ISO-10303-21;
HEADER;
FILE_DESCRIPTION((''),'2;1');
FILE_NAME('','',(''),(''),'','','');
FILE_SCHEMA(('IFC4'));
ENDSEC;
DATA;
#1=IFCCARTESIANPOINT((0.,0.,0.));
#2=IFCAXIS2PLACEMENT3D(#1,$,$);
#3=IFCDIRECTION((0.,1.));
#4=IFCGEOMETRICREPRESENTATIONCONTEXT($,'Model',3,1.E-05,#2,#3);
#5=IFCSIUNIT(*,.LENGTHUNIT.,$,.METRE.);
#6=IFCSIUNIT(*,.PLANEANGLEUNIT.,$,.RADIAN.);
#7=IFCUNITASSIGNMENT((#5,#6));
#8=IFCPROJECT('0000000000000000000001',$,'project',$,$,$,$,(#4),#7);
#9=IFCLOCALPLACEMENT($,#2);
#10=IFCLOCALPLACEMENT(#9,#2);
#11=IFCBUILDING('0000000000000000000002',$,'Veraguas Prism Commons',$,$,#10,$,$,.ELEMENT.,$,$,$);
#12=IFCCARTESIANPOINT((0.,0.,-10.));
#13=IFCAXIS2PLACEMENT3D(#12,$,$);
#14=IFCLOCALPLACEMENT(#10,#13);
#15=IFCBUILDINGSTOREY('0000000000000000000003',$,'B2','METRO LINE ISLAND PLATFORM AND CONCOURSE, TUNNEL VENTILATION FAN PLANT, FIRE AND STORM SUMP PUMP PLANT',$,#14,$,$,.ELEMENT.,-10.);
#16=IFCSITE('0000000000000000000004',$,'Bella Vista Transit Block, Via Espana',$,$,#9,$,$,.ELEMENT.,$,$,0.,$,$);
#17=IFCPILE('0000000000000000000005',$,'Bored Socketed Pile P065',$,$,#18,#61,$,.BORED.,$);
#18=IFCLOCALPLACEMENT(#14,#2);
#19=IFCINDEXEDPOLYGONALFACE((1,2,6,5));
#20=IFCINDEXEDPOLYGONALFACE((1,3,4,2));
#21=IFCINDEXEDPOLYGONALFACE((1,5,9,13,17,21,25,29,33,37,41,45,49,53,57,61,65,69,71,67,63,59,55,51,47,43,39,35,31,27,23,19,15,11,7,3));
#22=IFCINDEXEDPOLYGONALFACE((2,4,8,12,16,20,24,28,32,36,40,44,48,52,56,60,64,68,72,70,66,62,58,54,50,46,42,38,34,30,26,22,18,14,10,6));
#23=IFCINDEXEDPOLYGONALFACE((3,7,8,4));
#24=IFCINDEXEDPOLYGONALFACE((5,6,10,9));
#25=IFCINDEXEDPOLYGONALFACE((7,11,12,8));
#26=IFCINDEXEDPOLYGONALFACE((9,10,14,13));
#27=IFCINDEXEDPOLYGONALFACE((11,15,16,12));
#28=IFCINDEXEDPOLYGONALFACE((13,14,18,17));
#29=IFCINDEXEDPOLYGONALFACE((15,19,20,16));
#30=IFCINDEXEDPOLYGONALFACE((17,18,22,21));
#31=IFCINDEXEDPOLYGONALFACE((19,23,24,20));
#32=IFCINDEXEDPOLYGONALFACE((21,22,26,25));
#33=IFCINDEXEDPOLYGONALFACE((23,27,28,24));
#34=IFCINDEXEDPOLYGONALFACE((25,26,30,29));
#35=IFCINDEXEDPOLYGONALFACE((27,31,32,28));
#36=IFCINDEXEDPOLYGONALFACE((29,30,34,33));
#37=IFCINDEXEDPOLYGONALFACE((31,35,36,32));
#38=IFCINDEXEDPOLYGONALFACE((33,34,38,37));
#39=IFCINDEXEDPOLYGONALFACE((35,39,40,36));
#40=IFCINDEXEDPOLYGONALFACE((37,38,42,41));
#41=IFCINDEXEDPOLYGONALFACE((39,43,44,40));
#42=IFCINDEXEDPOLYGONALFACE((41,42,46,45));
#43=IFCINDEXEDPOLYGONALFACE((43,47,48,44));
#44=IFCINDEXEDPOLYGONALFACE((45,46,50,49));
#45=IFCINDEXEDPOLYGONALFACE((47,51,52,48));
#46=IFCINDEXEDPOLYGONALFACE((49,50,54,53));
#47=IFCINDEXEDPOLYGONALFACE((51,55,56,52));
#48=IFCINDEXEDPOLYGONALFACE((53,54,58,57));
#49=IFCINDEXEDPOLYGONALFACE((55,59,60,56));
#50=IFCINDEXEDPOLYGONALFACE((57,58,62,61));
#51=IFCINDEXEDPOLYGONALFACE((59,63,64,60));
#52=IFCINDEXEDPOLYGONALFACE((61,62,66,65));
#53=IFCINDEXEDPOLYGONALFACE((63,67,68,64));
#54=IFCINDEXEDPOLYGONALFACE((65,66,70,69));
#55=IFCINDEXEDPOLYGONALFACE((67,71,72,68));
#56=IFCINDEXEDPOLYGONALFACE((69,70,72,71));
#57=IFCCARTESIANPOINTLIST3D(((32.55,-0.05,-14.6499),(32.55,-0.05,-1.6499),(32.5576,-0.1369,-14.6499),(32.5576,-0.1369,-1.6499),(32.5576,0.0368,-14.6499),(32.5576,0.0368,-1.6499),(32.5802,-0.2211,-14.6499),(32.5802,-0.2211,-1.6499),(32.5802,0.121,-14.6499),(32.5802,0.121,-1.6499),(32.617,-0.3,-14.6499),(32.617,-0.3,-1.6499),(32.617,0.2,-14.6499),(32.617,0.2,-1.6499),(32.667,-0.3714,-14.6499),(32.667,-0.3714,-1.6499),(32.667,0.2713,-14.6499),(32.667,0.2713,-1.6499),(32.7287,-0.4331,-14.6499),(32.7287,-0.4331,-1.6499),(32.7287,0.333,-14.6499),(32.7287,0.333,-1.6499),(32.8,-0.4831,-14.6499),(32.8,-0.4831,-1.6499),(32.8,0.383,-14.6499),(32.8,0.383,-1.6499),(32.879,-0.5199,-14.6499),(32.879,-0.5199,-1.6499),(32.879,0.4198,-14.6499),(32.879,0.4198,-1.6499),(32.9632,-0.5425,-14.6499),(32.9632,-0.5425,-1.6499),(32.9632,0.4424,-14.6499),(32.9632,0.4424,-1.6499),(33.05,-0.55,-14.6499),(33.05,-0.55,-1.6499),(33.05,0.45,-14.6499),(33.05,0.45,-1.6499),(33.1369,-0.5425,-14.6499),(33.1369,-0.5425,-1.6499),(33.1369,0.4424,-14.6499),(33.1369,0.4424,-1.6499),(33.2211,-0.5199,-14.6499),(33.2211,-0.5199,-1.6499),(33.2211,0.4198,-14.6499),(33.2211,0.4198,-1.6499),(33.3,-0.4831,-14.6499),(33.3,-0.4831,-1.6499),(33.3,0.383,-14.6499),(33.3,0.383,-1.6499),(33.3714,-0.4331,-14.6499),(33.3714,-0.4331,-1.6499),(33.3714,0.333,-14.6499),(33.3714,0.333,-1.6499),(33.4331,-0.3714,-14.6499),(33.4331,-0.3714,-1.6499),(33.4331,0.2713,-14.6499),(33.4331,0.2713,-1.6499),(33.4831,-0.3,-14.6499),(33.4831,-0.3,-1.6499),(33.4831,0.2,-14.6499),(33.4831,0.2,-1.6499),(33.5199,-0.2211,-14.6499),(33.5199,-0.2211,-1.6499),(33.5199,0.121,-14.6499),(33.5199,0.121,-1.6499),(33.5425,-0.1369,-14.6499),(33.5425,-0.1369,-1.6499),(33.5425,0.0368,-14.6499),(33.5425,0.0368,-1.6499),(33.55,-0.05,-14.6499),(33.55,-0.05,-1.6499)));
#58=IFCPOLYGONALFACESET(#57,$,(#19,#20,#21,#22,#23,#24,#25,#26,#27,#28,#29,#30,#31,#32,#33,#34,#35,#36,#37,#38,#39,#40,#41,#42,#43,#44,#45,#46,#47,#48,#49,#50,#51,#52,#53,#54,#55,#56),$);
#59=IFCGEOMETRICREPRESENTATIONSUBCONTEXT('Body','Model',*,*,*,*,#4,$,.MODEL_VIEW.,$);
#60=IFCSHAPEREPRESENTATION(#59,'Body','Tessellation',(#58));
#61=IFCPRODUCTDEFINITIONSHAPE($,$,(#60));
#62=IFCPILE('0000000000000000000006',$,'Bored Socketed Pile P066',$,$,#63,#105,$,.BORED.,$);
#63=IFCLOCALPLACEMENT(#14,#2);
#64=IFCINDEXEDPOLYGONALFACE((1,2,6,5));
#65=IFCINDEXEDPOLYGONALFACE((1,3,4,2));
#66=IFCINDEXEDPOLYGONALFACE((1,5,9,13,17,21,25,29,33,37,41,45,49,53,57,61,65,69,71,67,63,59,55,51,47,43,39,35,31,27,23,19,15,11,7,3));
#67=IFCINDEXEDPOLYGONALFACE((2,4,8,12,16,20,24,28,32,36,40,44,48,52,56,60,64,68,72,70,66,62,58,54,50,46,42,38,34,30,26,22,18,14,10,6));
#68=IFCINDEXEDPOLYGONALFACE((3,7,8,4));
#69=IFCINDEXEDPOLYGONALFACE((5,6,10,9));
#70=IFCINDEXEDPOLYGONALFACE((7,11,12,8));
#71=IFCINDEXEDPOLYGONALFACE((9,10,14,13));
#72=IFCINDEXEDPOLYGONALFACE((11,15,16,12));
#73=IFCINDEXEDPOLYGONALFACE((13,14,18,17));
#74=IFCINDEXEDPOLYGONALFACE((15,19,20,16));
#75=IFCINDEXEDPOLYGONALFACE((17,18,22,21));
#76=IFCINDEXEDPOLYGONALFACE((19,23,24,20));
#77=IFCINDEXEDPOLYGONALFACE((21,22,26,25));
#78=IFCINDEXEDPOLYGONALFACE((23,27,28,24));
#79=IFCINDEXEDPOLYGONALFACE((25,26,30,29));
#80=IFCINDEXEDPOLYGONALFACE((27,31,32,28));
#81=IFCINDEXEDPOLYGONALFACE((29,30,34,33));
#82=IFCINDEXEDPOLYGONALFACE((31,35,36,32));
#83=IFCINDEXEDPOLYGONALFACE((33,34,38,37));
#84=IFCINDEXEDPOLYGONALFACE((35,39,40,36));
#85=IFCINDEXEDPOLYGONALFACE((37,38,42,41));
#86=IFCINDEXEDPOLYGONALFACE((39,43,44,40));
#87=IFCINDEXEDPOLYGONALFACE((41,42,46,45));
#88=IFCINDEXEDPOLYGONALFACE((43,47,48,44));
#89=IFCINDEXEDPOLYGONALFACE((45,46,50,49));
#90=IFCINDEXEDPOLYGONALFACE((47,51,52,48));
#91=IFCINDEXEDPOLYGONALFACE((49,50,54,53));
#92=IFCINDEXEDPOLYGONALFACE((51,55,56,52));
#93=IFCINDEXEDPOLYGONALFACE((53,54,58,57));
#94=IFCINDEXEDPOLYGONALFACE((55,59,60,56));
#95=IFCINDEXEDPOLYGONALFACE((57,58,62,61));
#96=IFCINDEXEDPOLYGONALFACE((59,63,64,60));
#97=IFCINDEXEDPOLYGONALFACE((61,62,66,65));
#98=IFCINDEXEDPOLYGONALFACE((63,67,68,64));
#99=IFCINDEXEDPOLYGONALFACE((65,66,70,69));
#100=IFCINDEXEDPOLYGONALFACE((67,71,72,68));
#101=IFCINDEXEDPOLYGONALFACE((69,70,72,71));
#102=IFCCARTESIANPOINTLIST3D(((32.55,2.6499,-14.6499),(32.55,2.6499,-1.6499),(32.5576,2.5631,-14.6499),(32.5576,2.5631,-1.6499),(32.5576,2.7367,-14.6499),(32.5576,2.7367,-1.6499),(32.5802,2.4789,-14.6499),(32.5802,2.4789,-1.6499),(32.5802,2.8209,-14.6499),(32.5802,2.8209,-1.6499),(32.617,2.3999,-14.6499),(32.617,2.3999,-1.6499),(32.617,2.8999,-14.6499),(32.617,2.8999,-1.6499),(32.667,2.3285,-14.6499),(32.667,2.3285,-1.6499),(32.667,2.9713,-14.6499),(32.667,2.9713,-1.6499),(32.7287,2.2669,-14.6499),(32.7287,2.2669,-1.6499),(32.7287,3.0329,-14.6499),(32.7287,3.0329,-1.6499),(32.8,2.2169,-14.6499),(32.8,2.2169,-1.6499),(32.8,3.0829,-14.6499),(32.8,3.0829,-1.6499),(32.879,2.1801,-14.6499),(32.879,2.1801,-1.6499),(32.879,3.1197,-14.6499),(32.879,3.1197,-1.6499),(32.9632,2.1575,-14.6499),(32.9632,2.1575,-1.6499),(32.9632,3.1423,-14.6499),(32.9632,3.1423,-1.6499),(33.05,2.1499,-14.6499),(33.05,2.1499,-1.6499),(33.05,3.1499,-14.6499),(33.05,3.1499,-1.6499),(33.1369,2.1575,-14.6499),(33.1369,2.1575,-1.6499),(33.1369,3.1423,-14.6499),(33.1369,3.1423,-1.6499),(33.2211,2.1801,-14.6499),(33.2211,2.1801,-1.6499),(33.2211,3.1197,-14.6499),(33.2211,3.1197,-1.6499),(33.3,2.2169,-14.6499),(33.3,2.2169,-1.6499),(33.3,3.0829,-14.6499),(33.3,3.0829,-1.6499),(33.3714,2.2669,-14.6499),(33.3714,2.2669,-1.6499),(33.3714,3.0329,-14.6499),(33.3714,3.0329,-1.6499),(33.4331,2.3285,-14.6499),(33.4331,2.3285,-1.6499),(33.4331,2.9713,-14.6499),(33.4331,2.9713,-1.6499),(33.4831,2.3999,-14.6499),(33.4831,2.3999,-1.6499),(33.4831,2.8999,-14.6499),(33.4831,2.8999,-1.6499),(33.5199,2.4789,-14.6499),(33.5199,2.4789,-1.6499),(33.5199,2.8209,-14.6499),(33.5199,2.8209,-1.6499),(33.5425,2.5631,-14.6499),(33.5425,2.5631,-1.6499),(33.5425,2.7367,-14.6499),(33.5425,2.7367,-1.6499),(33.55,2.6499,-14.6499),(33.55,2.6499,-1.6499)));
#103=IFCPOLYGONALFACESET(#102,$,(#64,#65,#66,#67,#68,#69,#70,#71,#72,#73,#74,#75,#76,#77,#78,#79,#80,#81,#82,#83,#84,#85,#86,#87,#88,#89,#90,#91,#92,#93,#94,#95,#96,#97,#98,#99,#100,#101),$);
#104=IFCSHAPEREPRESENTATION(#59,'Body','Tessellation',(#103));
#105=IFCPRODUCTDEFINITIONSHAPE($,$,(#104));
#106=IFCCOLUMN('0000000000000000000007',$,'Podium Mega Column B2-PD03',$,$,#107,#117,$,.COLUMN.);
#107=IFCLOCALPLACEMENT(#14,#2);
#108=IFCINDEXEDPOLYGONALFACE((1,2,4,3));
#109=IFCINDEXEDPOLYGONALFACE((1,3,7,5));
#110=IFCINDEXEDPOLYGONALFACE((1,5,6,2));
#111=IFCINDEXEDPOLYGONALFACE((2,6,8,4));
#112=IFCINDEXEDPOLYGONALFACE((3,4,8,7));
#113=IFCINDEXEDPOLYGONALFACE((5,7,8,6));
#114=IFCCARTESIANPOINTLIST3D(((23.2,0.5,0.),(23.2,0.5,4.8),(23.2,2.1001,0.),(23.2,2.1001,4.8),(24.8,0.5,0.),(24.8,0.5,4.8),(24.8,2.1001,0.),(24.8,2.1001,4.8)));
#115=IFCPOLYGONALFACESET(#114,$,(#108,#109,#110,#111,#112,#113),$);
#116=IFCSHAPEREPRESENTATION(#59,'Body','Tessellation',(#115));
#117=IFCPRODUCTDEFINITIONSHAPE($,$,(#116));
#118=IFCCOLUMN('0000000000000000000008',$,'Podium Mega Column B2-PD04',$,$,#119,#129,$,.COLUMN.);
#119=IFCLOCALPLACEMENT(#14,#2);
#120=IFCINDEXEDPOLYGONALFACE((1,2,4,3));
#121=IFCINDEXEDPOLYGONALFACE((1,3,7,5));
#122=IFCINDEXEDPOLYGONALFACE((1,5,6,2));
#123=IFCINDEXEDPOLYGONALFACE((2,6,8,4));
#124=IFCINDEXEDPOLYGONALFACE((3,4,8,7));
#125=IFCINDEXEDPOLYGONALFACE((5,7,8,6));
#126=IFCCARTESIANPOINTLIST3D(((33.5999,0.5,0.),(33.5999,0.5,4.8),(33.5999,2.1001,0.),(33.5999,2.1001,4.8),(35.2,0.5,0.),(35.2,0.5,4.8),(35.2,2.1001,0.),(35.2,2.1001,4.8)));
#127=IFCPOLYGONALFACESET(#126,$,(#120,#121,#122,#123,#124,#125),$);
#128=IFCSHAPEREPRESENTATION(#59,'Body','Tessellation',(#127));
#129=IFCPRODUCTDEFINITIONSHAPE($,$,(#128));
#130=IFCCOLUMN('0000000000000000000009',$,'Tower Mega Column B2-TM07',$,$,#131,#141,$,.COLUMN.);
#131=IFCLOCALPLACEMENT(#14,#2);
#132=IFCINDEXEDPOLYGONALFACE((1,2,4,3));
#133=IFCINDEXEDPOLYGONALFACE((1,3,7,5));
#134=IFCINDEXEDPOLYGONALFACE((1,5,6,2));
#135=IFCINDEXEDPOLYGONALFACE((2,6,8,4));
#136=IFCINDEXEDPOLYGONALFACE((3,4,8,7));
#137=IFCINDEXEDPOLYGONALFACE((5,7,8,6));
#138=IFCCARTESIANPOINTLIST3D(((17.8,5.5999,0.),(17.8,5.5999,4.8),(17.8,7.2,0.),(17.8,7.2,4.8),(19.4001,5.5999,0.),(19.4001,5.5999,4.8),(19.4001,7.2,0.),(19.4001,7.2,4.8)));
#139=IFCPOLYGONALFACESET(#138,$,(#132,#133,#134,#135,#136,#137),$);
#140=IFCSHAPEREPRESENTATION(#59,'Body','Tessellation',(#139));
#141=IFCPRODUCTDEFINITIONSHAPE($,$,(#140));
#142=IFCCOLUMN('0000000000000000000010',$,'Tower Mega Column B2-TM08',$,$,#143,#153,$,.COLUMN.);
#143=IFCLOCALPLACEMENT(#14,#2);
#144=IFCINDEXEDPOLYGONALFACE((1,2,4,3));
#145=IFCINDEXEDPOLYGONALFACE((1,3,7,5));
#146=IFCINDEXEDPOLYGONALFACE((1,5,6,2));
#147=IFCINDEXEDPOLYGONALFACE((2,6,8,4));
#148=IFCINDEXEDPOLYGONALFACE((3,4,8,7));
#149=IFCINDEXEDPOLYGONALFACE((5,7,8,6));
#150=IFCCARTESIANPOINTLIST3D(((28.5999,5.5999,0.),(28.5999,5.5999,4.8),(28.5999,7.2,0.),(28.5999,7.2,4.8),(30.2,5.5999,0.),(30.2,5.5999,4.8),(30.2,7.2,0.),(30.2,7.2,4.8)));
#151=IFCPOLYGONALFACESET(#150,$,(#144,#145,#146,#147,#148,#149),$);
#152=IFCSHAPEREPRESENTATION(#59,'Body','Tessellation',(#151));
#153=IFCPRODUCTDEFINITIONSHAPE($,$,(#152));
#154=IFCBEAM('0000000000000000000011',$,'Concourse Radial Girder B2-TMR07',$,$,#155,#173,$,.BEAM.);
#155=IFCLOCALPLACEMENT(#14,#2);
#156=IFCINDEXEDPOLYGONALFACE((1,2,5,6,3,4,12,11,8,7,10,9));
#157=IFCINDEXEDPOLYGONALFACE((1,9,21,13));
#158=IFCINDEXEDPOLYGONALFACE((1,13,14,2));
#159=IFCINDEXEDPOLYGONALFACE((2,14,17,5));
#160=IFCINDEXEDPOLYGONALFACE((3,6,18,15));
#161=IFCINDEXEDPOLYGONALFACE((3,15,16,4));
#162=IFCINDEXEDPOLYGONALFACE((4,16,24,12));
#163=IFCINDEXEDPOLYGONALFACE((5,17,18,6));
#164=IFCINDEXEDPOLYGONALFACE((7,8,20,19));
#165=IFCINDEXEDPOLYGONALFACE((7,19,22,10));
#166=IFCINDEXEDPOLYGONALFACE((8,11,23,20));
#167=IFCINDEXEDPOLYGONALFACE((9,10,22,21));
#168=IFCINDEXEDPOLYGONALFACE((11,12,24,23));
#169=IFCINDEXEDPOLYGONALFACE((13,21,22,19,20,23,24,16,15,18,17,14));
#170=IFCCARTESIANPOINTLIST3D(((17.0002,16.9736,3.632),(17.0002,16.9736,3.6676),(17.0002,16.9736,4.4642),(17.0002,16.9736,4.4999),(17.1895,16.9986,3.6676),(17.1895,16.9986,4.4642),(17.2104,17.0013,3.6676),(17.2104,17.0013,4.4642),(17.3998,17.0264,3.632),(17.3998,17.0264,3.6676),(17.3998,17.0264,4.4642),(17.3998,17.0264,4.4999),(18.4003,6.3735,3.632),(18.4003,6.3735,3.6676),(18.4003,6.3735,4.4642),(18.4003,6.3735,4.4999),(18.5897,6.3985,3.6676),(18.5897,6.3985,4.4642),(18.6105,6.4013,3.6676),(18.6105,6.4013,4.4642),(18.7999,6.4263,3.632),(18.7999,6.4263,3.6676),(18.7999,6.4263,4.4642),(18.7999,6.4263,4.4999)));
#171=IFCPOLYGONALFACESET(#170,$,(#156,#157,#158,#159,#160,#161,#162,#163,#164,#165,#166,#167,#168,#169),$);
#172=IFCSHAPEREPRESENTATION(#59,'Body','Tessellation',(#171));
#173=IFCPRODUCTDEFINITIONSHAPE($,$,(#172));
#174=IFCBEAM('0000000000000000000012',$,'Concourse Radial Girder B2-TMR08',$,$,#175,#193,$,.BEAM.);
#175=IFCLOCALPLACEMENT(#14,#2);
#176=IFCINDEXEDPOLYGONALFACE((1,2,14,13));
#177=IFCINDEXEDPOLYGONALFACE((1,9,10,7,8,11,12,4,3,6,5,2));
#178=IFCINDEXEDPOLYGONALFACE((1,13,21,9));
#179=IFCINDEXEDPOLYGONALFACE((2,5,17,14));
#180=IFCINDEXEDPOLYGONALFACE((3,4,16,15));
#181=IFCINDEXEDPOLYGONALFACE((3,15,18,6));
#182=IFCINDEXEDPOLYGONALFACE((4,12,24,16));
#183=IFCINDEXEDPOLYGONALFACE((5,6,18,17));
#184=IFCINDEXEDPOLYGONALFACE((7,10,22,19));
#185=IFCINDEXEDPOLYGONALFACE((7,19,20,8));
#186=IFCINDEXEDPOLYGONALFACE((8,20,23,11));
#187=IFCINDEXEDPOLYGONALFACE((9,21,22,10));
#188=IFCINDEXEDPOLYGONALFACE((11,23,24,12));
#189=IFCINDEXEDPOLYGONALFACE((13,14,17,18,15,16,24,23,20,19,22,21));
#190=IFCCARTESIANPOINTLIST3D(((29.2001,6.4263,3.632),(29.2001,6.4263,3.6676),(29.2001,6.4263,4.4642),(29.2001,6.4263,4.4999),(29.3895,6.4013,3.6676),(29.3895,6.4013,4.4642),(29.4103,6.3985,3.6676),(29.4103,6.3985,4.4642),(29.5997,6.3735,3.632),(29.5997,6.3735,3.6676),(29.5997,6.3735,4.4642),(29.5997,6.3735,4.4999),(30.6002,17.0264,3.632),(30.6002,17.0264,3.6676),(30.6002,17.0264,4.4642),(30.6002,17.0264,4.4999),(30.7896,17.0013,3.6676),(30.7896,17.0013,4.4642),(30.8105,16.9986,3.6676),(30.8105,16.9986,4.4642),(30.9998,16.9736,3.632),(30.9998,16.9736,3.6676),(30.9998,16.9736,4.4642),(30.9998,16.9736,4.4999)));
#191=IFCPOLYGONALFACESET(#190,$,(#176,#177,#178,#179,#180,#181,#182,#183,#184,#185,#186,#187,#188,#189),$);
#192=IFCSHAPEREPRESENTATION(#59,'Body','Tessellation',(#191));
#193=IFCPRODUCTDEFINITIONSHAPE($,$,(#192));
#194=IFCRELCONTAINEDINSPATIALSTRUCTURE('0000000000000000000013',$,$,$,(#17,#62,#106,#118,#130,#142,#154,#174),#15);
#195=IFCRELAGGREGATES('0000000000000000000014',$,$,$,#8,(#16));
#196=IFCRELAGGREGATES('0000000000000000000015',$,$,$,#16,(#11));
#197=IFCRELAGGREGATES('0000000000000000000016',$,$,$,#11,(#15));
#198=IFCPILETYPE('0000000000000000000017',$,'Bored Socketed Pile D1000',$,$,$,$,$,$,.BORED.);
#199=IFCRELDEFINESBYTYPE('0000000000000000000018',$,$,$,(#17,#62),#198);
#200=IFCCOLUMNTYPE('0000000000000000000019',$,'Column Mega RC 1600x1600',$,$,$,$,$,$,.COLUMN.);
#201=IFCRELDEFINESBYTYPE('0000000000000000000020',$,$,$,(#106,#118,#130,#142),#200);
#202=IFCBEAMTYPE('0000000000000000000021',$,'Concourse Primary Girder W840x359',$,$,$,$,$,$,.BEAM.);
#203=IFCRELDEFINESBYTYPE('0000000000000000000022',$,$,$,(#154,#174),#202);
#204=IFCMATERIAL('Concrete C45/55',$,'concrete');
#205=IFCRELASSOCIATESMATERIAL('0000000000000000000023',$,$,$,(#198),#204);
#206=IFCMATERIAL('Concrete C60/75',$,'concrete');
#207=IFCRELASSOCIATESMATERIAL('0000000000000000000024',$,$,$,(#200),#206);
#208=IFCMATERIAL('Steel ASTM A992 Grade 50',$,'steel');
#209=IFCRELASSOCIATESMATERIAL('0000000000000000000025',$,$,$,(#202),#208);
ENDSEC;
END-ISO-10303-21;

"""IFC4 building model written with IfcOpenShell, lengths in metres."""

from ifc_helpers import new_model, si_unit, direction, frame, origin, origin_2d, place, context, subcontext, project, spatial, rectangle, circle, i_section, extrude, source, transform, mapped, material, material_profile, profile_set, type_object, element, save


model = new_model("IFC4")

# Units and contexts
model_context = context("Model", 3, precision=1e-05, world=origin(), true_north=direction((0.0, 1.0)))
body_context = subcontext(model_context, "Body", "Model", "MODEL_VIEW")
ifc_project = project(units=[si_unit("LENGTHUNIT", "METRE"), si_unit("PLANEANGLEUNIT", "RADIAN")], contexts=[model_context])

# Site, building, storey
site_placement = place(None, origin())
site = spatial("IfcSite", under=ifc_project, at=site_placement, Name="Bella Vista Transit Block, Via Espana", CompositionType="ELEMENT", RefElevation=0.0)
building_placement = place(site_placement, origin())
building = spatial("IfcBuilding", under=site, at=building_placement, Name="Veraguas Prism Commons", CompositionType="ELEMENT")
storey_placement = place(building_placement, frame((0.0, 0.0, -10.0)))
storey = spatial("IfcBuildingStorey", under=building, at=storey_placement, Name="B2", Description="METRO LINE ISLAND PLATFORM AND CONCOURSE, TUNNEL VENTILATION FAN PLANT, FIRE AND STORM SUMP PUMP PLANT", CompositionType="ELEMENT", Elevation=-10.0)

# Shared definitions
ifc_material_1 = material(Name="Concrete C45/55", Category="concrete")

# Piles
ifc_material_profile_1 = material_profile(ifc_material_1, circle(Radius=0.5, at=origin_2d()), Name="PILE1000")
ifc_profile_set_1 = profile_set([ifc_material_profile_1], Name="Concrete C45/55")
pile_type_1 = type_object("IfcPileType", Name="Bored Socketed Pile D1000", PredefinedType="BORED", material=ifc_profile_set_1)
shared_shape_1 = source(origin(), body_context, "Body", "SweptSolid", [
    extrude(circle(Radius=0.5, at=origin_2d()), origin(), (0.0, 0.0, 1.0), 13.0),
])
for number, where, z_axis, x_axis, name in (
    (1, (33.05, -0.05, -1.6499), (0.0, 0.0, -1.0), (1.0, 0.0, 0.0), "Bored Socketed Pile P065"),
    (2, (33.05, 2.6499, -1.6499), (0.0, 0.0, -1.0), (1.0, 0.0, 0.0), "Bored Socketed Pile P066"),
):
    element("IfcPile", number, at=place(storey_placement, frame(where, z_axis=z_axis, x_axis=x_axis)), inside=storey, type_object=pile_type_1, Name=name, PredefinedType="BORED", context=body_context, shape_type="MappedRepresentation", body=[
        mapped(shared_shape_1, transform((0.0, 0.0, 0.0), scale=1.0)),
    ])

# Columns
ifc_material_2 = material(Name="Concrete C60/75", Category="concrete")
ifc_material_profile_2 = material_profile(ifc_material_2, rectangle(XDim=1.6001, YDim=1.6001, at=origin_2d()), Name="RC1600X1600")
ifc_profile_set_2 = profile_set([ifc_material_profile_2], Name="Concrete C60/75")
column_type = type_object("IfcColumnType", Name="Column Mega RC 1600x1600", PredefinedType="COLUMN", material=ifc_profile_set_2)
for number, where, z_axis, x_axis, name in (
    (3, (24.0, 1.3, 0.0), (0.0, 0.0, 1.0), (1.0, 0.0, 0.0), "Podium Mega Column B2-PD03"),
    (4, (34.3999, 1.3, 0.0), (0.0, 0.0, 1.0), (1.0, 0.0, 0.0), "Podium Mega Column B2-PD04"),
    (5, (18.6001, 6.3999, 0.0), (0.0, 0.0, 1.0), (1.0, 0.0, 0.0), "Tower Mega Column B2-TM07"),
    (6, (29.3999, 6.3999, 0.0), (0.0, 0.0, 1.0), (1.0, 0.0, 0.0), "Tower Mega Column B2-TM08"),
):
    element("IfcColumn", number, at=place(storey_placement, frame(where, z_axis=z_axis, x_axis=x_axis)), inside=storey, type_object=column_type, Name=name, PredefinedType="COLUMN", context=body_context, shape_type="SweptSolid", body=[
        extrude(rectangle(XDim=1.6001, YDim=1.6001, at=origin_2d()), origin(), (0.0, 0.0, 1.0), 4.8),
    ])

# Beams
ifc_material_3 = material(Name="Steel ASTM A992 Grade 50", Category="steel")
ifc_material_profile_3 = material_profile(ifc_material_3, i_section(OverallWidth=0.4031, OverallDepth=0.8679, WebThickness=0.021, FlangeThickness=0.0356, at=origin_2d()), Name="W840X359")
ifc_profile_set_3 = profile_set([ifc_material_profile_3], Name="Steel ASTM A992 Grade 50")
beam_type_1 = type_object("IfcBeamType", Name="Concourse Primary Girder W840x359", PredefinedType="BEAM", material=ifc_profile_set_3)
for number, where, z_axis, x_axis, name in (
    (7, (18.6001, 6.3999, 4.0659), (-0.130951, 0.991389, 0.0), (-0.991389, -0.130951, 0.0), "Concourse Radial Girder B2-TMR07"),
    (8, (29.3999, 6.3999, 4.0659), (0.130951, 0.991389, 0.0), (-0.991389, 0.130951, 0.0), "Concourse Radial Girder B2-TMR08"),
):
    element("IfcBeam", number, at=place(storey_placement, frame(where, z_axis=z_axis, x_axis=x_axis)), inside=storey, type_object=beam_type_1, Name=name, PredefinedType="BEAM", context=body_context, shape_type="SweptSolid", body=[
        extrude(i_section(OverallWidth=0.4031, OverallDepth=0.8679, WebThickness=0.021, FlangeThickness=0.0356, at=origin_2d()), origin(), (0.0, 0.0, 1.0), 10.6921),
    ])

save(model, "model.ifc")
